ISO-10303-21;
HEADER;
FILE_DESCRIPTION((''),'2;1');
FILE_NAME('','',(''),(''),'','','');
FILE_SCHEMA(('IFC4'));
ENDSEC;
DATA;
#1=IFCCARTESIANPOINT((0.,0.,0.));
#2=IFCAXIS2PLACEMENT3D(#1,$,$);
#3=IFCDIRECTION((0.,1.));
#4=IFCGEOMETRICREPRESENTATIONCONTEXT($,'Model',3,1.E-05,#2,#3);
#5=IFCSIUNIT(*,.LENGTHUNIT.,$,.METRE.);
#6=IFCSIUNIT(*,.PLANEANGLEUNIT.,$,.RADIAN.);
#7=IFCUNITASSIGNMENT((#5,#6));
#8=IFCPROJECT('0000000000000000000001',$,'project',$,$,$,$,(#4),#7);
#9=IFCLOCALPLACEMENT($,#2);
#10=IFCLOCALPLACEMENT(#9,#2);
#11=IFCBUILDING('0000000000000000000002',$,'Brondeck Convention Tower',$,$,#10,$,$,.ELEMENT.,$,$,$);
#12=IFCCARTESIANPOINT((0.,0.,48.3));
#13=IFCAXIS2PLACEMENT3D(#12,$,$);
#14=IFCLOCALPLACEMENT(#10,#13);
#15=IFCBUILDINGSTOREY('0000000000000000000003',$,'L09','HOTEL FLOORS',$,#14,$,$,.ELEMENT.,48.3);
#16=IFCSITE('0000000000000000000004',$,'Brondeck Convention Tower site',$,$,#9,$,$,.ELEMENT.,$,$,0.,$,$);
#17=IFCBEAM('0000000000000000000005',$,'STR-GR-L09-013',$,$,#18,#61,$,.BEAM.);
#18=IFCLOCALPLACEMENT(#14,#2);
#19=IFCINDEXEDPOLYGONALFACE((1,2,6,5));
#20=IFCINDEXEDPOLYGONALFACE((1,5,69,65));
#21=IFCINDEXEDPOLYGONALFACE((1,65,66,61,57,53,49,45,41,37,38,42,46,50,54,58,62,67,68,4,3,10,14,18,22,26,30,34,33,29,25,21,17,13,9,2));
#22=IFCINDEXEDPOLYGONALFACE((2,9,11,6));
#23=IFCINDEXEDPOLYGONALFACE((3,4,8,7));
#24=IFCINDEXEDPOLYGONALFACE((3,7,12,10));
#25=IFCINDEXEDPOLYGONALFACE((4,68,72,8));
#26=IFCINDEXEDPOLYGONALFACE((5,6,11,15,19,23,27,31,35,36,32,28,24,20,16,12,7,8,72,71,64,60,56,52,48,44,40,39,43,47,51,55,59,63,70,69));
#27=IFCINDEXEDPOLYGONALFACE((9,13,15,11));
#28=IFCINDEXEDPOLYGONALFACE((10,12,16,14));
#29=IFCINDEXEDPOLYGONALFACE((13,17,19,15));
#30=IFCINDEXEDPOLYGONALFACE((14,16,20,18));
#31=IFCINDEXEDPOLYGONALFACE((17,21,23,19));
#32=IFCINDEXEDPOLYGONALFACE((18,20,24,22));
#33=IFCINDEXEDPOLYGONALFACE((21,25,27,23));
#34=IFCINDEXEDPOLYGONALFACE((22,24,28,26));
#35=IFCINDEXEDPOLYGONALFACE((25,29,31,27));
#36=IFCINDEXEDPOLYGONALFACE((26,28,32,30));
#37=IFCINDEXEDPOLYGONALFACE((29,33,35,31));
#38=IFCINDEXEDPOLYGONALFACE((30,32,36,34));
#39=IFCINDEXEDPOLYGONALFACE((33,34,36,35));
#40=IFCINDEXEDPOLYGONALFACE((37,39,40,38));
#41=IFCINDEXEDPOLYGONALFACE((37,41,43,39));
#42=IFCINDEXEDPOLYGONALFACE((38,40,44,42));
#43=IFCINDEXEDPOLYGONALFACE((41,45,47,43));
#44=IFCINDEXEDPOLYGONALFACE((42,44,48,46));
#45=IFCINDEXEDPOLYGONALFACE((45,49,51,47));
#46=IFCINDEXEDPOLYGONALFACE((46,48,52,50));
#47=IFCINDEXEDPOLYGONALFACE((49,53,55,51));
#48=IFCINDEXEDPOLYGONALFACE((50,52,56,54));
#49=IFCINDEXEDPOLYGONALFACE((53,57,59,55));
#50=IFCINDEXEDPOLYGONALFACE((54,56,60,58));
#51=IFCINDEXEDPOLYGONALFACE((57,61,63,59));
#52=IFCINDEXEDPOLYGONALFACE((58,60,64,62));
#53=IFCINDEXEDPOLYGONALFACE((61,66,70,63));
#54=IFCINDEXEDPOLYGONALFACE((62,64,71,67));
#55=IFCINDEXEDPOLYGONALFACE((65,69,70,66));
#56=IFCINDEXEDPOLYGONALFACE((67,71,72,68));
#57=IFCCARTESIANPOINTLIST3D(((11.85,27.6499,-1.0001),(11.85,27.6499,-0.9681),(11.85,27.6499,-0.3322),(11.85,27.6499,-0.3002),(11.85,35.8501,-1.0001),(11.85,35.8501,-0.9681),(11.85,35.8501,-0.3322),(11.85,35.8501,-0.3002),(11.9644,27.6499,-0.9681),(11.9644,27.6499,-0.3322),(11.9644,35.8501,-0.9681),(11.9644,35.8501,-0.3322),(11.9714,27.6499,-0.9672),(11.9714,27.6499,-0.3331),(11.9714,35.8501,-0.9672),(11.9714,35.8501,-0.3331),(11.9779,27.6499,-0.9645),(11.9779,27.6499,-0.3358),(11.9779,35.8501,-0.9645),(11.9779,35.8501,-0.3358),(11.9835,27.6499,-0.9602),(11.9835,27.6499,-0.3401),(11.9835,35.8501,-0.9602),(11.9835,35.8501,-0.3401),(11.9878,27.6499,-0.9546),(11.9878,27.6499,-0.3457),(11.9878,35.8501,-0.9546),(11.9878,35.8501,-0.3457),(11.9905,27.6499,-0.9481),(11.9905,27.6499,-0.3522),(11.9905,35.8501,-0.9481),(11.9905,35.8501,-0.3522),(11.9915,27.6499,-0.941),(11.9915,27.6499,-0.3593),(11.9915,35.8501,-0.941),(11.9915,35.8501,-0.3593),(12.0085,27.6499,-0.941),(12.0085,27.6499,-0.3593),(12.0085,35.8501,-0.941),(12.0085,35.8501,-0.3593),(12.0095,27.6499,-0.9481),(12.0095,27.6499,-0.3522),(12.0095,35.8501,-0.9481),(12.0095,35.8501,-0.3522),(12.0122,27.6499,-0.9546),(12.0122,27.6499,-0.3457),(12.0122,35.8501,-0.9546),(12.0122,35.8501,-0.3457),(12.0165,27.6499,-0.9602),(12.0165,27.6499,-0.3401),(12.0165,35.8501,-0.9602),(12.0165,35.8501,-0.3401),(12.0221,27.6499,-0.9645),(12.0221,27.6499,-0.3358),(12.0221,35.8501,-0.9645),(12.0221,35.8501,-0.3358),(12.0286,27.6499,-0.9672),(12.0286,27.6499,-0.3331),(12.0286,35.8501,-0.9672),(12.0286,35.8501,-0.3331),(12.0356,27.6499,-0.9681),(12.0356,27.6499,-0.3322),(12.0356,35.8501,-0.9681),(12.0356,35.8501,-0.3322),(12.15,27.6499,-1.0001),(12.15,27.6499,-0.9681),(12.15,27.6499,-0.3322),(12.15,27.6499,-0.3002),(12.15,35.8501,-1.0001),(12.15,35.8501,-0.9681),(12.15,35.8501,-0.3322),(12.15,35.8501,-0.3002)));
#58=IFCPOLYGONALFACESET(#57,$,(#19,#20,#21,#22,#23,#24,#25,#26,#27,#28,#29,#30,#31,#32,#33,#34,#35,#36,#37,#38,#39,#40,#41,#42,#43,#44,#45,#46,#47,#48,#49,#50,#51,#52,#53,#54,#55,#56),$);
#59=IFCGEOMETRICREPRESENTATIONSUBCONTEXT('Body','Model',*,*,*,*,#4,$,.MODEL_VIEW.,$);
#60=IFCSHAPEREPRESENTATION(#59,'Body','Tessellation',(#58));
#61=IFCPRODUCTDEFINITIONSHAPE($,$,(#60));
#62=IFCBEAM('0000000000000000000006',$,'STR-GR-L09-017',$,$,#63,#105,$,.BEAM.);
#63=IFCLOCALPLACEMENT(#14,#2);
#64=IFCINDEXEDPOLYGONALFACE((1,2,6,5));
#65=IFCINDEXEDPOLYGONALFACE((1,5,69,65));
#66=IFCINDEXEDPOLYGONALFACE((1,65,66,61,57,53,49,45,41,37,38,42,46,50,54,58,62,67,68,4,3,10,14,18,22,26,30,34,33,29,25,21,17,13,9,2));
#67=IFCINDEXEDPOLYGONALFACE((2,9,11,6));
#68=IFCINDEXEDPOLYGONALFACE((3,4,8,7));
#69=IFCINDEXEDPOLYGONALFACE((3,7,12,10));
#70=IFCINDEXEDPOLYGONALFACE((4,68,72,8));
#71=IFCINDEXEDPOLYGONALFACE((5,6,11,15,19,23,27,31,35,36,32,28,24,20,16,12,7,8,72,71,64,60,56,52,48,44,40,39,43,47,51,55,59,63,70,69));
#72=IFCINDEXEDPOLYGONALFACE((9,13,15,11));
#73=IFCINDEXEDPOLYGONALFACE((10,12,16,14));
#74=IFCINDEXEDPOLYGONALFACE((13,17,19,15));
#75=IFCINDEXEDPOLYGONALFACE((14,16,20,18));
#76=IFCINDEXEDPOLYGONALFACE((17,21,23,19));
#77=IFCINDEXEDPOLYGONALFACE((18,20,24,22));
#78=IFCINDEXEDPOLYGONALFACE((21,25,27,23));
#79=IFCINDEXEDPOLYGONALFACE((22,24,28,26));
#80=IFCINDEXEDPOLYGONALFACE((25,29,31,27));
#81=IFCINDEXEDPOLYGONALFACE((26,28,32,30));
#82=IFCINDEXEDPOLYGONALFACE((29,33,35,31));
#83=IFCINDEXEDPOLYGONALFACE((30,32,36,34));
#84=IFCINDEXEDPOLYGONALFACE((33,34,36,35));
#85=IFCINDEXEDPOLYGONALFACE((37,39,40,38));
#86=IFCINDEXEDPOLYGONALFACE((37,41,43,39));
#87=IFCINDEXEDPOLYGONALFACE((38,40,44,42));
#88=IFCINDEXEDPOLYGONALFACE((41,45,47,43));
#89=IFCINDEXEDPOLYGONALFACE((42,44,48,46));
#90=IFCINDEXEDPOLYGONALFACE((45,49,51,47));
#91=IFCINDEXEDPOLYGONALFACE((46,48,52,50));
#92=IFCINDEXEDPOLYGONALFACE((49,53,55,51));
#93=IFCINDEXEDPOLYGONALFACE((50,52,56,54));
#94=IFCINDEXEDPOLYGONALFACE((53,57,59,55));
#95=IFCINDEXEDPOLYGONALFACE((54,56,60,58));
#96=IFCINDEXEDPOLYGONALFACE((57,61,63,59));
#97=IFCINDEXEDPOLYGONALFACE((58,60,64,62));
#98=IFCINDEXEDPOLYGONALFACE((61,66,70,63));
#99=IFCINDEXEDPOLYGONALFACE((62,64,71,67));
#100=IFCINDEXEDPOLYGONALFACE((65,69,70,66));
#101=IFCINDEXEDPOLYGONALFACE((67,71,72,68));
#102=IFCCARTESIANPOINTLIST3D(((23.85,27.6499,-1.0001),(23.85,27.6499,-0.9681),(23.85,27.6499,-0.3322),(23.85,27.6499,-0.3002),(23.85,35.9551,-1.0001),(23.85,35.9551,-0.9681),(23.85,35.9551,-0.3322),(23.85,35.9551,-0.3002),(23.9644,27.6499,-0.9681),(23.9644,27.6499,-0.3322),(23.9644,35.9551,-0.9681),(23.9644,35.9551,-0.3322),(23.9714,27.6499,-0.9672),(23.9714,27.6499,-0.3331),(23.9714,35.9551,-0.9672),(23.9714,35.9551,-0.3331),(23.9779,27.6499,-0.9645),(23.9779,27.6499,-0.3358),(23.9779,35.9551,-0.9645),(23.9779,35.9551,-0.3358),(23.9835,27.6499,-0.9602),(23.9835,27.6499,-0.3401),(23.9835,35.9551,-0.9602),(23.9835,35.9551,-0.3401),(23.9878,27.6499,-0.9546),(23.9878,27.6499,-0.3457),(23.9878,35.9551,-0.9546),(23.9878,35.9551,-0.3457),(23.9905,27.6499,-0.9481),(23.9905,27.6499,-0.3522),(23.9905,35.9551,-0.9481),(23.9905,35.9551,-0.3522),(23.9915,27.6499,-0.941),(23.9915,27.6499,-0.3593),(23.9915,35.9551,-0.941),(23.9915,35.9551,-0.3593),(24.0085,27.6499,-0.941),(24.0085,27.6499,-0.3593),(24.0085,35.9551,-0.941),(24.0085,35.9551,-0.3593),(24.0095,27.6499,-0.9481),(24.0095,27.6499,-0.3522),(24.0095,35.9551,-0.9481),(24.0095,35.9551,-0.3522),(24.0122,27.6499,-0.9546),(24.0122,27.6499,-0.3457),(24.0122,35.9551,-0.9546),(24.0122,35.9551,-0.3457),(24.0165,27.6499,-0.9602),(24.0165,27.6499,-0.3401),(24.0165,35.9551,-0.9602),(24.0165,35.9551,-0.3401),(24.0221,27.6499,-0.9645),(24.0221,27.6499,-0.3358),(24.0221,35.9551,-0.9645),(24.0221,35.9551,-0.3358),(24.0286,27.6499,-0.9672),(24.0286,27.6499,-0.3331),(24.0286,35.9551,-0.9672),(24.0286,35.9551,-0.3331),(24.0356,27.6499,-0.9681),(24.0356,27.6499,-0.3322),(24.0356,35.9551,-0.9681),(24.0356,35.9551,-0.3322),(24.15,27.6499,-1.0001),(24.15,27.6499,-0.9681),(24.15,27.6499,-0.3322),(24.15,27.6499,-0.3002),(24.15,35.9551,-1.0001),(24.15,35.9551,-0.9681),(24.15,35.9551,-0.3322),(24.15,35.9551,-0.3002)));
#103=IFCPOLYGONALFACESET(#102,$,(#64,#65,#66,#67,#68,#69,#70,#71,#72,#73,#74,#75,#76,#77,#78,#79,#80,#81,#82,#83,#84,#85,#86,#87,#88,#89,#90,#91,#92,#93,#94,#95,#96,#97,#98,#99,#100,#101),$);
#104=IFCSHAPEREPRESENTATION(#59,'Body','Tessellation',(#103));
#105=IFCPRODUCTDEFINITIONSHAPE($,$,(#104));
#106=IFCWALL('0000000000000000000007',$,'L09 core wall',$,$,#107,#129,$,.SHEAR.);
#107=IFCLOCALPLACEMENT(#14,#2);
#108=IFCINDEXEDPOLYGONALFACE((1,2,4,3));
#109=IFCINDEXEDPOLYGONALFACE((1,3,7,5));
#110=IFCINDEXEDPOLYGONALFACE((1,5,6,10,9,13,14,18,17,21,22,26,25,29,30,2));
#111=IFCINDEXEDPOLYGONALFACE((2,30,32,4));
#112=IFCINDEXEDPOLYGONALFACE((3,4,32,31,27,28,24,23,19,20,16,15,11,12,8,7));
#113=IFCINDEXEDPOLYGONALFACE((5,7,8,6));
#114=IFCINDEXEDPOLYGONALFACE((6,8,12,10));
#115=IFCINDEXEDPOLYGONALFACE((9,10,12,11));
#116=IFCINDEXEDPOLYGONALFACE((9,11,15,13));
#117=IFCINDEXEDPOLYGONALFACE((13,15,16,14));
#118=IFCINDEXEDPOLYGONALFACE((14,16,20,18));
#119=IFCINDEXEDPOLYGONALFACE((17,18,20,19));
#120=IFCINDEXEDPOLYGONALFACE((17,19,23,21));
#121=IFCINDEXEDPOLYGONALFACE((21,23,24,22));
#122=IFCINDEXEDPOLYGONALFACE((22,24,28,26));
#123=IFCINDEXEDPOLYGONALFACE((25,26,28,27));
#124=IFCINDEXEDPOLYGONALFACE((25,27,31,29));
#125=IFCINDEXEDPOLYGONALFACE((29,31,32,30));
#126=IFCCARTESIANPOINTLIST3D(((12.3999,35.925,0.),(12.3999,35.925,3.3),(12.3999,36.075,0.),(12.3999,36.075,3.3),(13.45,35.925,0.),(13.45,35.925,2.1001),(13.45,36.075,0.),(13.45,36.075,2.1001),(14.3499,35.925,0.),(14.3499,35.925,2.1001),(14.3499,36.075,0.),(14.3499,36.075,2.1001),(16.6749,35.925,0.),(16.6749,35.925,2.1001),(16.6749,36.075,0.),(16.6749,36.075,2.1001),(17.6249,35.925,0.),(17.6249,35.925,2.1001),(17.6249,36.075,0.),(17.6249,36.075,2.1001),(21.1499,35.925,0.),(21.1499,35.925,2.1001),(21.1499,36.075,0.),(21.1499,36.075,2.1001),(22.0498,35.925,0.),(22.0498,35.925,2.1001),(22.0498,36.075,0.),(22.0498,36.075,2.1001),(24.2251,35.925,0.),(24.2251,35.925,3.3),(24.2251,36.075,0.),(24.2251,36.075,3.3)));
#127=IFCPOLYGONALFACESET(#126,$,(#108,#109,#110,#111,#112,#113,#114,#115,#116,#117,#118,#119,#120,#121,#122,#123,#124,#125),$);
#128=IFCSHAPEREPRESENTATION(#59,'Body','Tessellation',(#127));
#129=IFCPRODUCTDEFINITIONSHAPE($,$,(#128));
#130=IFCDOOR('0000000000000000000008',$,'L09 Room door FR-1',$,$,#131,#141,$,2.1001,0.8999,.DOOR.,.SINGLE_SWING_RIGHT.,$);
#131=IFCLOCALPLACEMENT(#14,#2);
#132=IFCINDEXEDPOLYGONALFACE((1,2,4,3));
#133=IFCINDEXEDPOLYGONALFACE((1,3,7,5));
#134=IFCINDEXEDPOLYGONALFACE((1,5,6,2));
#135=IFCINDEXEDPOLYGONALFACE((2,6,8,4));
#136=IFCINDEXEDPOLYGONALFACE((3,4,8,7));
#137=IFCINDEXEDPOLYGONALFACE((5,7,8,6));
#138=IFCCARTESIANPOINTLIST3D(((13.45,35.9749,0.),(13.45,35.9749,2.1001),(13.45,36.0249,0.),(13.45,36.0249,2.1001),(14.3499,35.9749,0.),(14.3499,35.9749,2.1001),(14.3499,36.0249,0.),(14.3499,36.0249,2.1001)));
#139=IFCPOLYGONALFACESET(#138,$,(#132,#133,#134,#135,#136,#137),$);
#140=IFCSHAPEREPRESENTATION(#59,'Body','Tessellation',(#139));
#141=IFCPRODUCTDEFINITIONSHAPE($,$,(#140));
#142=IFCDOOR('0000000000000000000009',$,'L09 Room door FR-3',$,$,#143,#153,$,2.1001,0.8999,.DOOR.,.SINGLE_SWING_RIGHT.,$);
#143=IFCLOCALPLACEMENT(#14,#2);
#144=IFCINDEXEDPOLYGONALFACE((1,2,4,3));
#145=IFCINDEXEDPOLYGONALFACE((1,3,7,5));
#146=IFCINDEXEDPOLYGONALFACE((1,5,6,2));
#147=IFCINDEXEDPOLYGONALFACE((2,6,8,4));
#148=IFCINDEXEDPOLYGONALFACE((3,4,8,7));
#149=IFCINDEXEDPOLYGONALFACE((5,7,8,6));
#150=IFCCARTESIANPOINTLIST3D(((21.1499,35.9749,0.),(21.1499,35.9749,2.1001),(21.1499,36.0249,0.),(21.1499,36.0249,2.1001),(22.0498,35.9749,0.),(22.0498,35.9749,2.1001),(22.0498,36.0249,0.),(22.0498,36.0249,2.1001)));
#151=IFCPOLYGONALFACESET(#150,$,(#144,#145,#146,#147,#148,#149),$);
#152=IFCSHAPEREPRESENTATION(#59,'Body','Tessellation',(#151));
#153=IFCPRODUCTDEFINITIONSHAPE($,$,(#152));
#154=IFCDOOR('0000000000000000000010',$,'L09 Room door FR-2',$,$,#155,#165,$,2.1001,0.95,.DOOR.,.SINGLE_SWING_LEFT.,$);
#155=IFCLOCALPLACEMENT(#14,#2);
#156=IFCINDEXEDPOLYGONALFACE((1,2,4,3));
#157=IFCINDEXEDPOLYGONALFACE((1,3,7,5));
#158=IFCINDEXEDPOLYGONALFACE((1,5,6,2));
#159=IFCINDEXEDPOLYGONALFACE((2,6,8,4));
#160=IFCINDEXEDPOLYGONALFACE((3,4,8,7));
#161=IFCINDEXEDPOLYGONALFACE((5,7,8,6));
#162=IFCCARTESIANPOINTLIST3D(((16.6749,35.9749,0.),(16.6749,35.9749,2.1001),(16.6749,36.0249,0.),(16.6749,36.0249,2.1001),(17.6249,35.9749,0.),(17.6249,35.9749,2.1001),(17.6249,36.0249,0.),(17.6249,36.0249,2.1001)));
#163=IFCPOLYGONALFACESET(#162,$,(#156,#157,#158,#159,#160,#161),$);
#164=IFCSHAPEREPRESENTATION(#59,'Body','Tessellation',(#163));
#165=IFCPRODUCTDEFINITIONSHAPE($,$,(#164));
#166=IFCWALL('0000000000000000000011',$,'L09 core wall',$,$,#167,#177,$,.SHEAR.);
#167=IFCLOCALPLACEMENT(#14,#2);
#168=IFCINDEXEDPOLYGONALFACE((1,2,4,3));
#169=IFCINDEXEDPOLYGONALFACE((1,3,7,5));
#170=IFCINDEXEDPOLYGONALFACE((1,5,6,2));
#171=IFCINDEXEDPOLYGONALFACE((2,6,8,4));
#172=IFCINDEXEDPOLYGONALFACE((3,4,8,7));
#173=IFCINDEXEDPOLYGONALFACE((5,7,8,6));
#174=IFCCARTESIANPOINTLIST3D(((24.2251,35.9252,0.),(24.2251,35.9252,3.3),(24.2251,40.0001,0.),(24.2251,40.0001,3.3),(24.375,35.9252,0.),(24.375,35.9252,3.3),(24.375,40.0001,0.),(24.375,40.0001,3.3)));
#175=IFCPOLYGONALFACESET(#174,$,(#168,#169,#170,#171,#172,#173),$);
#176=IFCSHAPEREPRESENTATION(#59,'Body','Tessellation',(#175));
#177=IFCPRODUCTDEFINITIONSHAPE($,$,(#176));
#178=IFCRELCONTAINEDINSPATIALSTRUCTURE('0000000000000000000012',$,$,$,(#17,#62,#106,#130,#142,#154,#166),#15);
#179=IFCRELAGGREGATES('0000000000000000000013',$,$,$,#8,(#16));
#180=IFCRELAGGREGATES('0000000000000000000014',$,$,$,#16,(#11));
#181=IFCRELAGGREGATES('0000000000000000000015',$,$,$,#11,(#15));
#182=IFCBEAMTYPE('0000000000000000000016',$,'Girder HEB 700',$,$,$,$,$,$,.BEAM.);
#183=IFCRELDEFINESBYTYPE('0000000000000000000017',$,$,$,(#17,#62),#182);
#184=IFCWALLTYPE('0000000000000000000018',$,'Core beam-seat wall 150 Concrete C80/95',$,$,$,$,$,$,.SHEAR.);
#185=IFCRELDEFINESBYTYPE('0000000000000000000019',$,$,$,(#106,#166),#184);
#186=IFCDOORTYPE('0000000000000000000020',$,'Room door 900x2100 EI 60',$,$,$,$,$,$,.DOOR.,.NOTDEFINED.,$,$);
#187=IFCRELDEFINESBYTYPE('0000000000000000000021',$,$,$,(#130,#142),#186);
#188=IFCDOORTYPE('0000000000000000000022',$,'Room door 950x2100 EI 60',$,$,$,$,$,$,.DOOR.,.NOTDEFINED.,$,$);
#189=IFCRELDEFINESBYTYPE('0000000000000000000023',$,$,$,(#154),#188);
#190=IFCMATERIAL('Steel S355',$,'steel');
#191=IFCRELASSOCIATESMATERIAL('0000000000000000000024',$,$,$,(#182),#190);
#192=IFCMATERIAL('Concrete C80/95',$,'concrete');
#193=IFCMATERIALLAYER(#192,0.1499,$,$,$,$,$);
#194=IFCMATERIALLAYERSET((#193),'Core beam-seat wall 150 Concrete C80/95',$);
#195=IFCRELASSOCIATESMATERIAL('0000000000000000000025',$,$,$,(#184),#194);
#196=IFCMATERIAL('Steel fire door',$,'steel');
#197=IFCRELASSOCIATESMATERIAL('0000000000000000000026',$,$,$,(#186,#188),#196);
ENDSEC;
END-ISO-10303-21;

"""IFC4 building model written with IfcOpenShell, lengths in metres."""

from ifc_helpers import new_model, si_unit, direction, frame, frame_2d, origin, origin_2d, place, context, subcontext, project, spatial, rectangle, i_section, extrude, material, layer, layer_set, material_profile, profile_set, type_object, element, fill, save


model = new_model("IFC4")

# Units and contexts
model_context = context("Model", 3, precision=1e-05, world=origin(), true_north=direction((0.0, 1.0)))
body_context = subcontext(model_context, "Body", "Model", "MODEL_VIEW")
ifc_project = project(units=[si_unit("LENGTHUNIT", "METRE"), si_unit("PLANEANGLEUNIT", "RADIAN")], contexts=[model_context])

# Site, building, storey
site_placement = place(None, origin())
site = spatial("IfcSite", under=ifc_project, at=site_placement, Name="Brondeck Convention Tower site", CompositionType="ELEMENT", RefElevation=0.0)
building_placement = place(site_placement, origin())
building = spatial("IfcBuilding", under=site, at=building_placement, Name="Brondeck Convention Tower", CompositionType="ELEMENT")
storey_placement = place(building_placement, frame((0.0, 0.0, 48.3)))
storey = spatial("IfcBuildingStorey", under=building, at=storey_placement, Name="L09", Description="HOTEL FLOORS", CompositionType="ELEMENT", Elevation=48.3)

# Beams
ifc_material_1 = material(Name="Steel S355", Category="steel")
ifc_material_profile = material_profile(ifc_material_1, i_section(OverallWidth=0.3, OverallDepth=0.7, WebThickness=0.0171, FlangeThickness=0.032, FilletRadius=0.0271, at=origin_2d()), Name="HEB 700")
ifc_profile_set = profile_set([ifc_material_profile], Name="Steel S355")
beam_type = type_object("IfcBeamType", Name="Girder HEB 700", PredefinedType="BEAM", material=ifc_profile_set)
beam_1_placement = place(storey_placement, frame((12.0, 35.8501, -0.6501), z_axis=(0.0, -1.0, 0.0), x_axis=(1.0, 0.0, 0.0)))
element("IfcBeam", 1, at=beam_1_placement, inside=storey, type_object=beam_type, Name="STR-GR-L09-013", PredefinedType="BEAM", context=body_context, shape_type="SweptSolid", body=[
    extrude(i_section(OverallWidth=0.3, OverallDepth=0.7, WebThickness=0.0171, FlangeThickness=0.032, FilletRadius=0.0271, at=origin_2d()), origin(), (0.0, 0.0, 1.0), 8.2002),
])
beam_2_placement = place(storey_placement, frame((24.0, 35.9551, -0.6501), z_axis=(0.0, -1.0, 0.0), x_axis=(1.0, 0.0, 0.0)))
element("IfcBeam", 2, at=beam_2_placement, inside=storey, type_object=beam_type, Name="STR-GR-L09-017", PredefinedType="BEAM", context=body_context, shape_type="SweptSolid", body=[
    extrude(i_section(OverallWidth=0.3, OverallDepth=0.7, WebThickness=0.0171, FlangeThickness=0.032, FilletRadius=0.0271, at=origin_2d()), origin(), (0.0, 0.0, 1.0), 8.3052),
])

# Wall, openings, doors
ifc_material_2 = material(Name="Concrete C80/95", Category="concrete")
ifc_layer_1 = layer(ifc_material_2, 0.1499)
ifc_layer_set_1 = layer_set([ifc_layer_1], Name="Core beam-seat wall 150 Concrete C80/95")
wall_type_1 = type_object("IfcWallType", Name="Core beam-seat wall 150 Concrete C80/95", PredefinedType="SHEAR", material=ifc_layer_set_1)
wall_1_placement = place(storey_placement, frame((12.3999, 36.0, 0.0), z_axis=(0.0, 0.0, 1.0), x_axis=(1.0, 0.0, 0.0)))
wall_1 = element("IfcWall", 3, at=wall_1_placement, inside=storey, type_object=wall_type_1, Name="L09 core wall", PredefinedType="SHEAR", context=body_context, shape_type="SweptSolid", body=[
    extrude(rectangle(XDim=11.8252, YDim=0.1499, at=frame_2d((5.9126, 0.0))), origin(), (0.0, 0.0, 1.0), 3.3),
])
opening_1_placement = place(wall_1_placement, frame((1.05, 0.0, 0.0)))
opening_1 = element("IfcOpeningElement", 4, at=opening_1_placement, cuts=wall_1, PredefinedType="OPENING", context=body_context, shape_type="SweptSolid", body=[
    extrude(rectangle(XDim=0.8999, YDim=2.1001, at=frame_2d((0.45, 1.05))), frame((0.0, 0.085, 0.0), z_axis=(0.0, -1.0, 0.0), x_axis=(1.0, 0.0, 0.0)), (0.0, 0.0, 1.0), 0.1699),
])
opening_2_placement = place(wall_1_placement, frame((4.2749, 0.0, 0.0)))
opening_2 = element("IfcOpeningElement", 5, at=opening_2_placement, cuts=wall_1, PredefinedType="OPENING", context=body_context, shape_type="SweptSolid", body=[
    extrude(rectangle(XDim=0.95, YDim=2.1001, at=frame_2d((0.4751, 1.05))), frame((0.0, 0.085, 0.0), z_axis=(0.0, -1.0, 0.0), x_axis=(1.0, 0.0, 0.0)), (0.0, 0.0, 1.0), 0.1699),
])
opening_3_placement = place(wall_1_placement, frame((8.75, 0.0, 0.0)))
opening_3 = element("IfcOpeningElement", 6, at=opening_3_placement, cuts=wall_1, PredefinedType="OPENING", context=body_context, shape_type="SweptSolid", body=[
    extrude(rectangle(XDim=0.8999, YDim=2.1001, at=frame_2d((0.45, 1.05))), frame((0.0, 0.085, 0.0), z_axis=(0.0, -1.0, 0.0), x_axis=(1.0, 0.0, 0.0)), (0.0, 0.0, 1.0), 0.1699),
])
ifc_material_3 = material(Name="Steel fire door", Category="steel")
door_type_1 = type_object("IfcDoorType", Name="Room door 900x2100 EI 60", OperationType="NOTDEFINED", PredefinedType="DOOR", material=ifc_material_3)
door_1_placement = place(opening_1_placement, origin())
door_1 = element("IfcDoor", 7, at=door_1_placement, inside=storey, type_object=door_type_1, Name="L09 Room door FR-1", OperationType="SINGLE_SWING_RIGHT", OverallHeight=2.1001, OverallWidth=0.8999, PredefinedType="DOOR", context=body_context, shape_type="SweptSolid", body=[
    extrude(rectangle(XDim=0.8999, YDim=2.1001, at=frame_2d((0.45, 1.05))), frame((0.0, 0.0249, 0.0), z_axis=(0.0, -1.0, 0.0), x_axis=(1.0, 0.0, 0.0)), (0.0, 0.0, 1.0), 0.05),
])
fill(opening_1, door_1)
door_2_placement = place(opening_3_placement, origin())
door_2 = element("IfcDoor", 8, at=door_2_placement, inside=storey, type_object=door_type_1, Name="L09 Room door FR-3", OperationType="SINGLE_SWING_RIGHT", OverallHeight=2.1001, OverallWidth=0.8999, PredefinedType="DOOR", context=body_context, shape_type="SweptSolid", body=[
    extrude(rectangle(XDim=0.8999, YDim=2.1001, at=frame_2d((0.45, 1.05))), frame((0.0, 0.0249, 0.0), z_axis=(0.0, -1.0, 0.0), x_axis=(1.0, 0.0, 0.0)), (0.0, 0.0, 1.0), 0.05),
])
fill(opening_3, door_2)
door_type_2 = type_object("IfcDoorType", Name="Room door 950x2100 EI 60", OperationType="NOTDEFINED", PredefinedType="DOOR", material=ifc_material_3)
door_3_placement = place(opening_2_placement, origin())
door_3 = element("IfcDoor", 9, at=door_3_placement, inside=storey, type_object=door_type_2, Name="L09 Room door FR-2", OperationType="SINGLE_SWING_LEFT", OverallHeight=2.1001, OverallWidth=0.95, PredefinedType="DOOR", context=body_context, shape_type="SweptSolid", body=[
    extrude(rectangle(XDim=0.95, YDim=2.1001, at=frame_2d((0.4751, 1.05))), frame((0.0, 0.0249, 0.0), z_axis=(0.0, -1.0, 0.0), x_axis=(1.0, 0.0, 0.0)), (0.0, 0.0, 1.0), 0.05),
])
fill(opening_2, door_3)

# Wall
wall_2_placement = place(storey_placement, frame((24.3, 35.925, 0.0), z_axis=(0.0, 0.0, 1.0), x_axis=(0.0, 1.0, 0.0)))
element("IfcWall", 10, at=wall_2_placement, inside=storey, type_object=wall_type_1, Name="L09 core wall", PredefinedType="SHEAR", context=body_context, shape_type="SweptSolid", body=[
    extrude(rectangle(XDim=4.075, YDim=0.1499, at=frame_2d((2.0376, 0.0))), origin(), (0.0, 0.0, 1.0), 3.3),
])

save(model, "model.ifc")
